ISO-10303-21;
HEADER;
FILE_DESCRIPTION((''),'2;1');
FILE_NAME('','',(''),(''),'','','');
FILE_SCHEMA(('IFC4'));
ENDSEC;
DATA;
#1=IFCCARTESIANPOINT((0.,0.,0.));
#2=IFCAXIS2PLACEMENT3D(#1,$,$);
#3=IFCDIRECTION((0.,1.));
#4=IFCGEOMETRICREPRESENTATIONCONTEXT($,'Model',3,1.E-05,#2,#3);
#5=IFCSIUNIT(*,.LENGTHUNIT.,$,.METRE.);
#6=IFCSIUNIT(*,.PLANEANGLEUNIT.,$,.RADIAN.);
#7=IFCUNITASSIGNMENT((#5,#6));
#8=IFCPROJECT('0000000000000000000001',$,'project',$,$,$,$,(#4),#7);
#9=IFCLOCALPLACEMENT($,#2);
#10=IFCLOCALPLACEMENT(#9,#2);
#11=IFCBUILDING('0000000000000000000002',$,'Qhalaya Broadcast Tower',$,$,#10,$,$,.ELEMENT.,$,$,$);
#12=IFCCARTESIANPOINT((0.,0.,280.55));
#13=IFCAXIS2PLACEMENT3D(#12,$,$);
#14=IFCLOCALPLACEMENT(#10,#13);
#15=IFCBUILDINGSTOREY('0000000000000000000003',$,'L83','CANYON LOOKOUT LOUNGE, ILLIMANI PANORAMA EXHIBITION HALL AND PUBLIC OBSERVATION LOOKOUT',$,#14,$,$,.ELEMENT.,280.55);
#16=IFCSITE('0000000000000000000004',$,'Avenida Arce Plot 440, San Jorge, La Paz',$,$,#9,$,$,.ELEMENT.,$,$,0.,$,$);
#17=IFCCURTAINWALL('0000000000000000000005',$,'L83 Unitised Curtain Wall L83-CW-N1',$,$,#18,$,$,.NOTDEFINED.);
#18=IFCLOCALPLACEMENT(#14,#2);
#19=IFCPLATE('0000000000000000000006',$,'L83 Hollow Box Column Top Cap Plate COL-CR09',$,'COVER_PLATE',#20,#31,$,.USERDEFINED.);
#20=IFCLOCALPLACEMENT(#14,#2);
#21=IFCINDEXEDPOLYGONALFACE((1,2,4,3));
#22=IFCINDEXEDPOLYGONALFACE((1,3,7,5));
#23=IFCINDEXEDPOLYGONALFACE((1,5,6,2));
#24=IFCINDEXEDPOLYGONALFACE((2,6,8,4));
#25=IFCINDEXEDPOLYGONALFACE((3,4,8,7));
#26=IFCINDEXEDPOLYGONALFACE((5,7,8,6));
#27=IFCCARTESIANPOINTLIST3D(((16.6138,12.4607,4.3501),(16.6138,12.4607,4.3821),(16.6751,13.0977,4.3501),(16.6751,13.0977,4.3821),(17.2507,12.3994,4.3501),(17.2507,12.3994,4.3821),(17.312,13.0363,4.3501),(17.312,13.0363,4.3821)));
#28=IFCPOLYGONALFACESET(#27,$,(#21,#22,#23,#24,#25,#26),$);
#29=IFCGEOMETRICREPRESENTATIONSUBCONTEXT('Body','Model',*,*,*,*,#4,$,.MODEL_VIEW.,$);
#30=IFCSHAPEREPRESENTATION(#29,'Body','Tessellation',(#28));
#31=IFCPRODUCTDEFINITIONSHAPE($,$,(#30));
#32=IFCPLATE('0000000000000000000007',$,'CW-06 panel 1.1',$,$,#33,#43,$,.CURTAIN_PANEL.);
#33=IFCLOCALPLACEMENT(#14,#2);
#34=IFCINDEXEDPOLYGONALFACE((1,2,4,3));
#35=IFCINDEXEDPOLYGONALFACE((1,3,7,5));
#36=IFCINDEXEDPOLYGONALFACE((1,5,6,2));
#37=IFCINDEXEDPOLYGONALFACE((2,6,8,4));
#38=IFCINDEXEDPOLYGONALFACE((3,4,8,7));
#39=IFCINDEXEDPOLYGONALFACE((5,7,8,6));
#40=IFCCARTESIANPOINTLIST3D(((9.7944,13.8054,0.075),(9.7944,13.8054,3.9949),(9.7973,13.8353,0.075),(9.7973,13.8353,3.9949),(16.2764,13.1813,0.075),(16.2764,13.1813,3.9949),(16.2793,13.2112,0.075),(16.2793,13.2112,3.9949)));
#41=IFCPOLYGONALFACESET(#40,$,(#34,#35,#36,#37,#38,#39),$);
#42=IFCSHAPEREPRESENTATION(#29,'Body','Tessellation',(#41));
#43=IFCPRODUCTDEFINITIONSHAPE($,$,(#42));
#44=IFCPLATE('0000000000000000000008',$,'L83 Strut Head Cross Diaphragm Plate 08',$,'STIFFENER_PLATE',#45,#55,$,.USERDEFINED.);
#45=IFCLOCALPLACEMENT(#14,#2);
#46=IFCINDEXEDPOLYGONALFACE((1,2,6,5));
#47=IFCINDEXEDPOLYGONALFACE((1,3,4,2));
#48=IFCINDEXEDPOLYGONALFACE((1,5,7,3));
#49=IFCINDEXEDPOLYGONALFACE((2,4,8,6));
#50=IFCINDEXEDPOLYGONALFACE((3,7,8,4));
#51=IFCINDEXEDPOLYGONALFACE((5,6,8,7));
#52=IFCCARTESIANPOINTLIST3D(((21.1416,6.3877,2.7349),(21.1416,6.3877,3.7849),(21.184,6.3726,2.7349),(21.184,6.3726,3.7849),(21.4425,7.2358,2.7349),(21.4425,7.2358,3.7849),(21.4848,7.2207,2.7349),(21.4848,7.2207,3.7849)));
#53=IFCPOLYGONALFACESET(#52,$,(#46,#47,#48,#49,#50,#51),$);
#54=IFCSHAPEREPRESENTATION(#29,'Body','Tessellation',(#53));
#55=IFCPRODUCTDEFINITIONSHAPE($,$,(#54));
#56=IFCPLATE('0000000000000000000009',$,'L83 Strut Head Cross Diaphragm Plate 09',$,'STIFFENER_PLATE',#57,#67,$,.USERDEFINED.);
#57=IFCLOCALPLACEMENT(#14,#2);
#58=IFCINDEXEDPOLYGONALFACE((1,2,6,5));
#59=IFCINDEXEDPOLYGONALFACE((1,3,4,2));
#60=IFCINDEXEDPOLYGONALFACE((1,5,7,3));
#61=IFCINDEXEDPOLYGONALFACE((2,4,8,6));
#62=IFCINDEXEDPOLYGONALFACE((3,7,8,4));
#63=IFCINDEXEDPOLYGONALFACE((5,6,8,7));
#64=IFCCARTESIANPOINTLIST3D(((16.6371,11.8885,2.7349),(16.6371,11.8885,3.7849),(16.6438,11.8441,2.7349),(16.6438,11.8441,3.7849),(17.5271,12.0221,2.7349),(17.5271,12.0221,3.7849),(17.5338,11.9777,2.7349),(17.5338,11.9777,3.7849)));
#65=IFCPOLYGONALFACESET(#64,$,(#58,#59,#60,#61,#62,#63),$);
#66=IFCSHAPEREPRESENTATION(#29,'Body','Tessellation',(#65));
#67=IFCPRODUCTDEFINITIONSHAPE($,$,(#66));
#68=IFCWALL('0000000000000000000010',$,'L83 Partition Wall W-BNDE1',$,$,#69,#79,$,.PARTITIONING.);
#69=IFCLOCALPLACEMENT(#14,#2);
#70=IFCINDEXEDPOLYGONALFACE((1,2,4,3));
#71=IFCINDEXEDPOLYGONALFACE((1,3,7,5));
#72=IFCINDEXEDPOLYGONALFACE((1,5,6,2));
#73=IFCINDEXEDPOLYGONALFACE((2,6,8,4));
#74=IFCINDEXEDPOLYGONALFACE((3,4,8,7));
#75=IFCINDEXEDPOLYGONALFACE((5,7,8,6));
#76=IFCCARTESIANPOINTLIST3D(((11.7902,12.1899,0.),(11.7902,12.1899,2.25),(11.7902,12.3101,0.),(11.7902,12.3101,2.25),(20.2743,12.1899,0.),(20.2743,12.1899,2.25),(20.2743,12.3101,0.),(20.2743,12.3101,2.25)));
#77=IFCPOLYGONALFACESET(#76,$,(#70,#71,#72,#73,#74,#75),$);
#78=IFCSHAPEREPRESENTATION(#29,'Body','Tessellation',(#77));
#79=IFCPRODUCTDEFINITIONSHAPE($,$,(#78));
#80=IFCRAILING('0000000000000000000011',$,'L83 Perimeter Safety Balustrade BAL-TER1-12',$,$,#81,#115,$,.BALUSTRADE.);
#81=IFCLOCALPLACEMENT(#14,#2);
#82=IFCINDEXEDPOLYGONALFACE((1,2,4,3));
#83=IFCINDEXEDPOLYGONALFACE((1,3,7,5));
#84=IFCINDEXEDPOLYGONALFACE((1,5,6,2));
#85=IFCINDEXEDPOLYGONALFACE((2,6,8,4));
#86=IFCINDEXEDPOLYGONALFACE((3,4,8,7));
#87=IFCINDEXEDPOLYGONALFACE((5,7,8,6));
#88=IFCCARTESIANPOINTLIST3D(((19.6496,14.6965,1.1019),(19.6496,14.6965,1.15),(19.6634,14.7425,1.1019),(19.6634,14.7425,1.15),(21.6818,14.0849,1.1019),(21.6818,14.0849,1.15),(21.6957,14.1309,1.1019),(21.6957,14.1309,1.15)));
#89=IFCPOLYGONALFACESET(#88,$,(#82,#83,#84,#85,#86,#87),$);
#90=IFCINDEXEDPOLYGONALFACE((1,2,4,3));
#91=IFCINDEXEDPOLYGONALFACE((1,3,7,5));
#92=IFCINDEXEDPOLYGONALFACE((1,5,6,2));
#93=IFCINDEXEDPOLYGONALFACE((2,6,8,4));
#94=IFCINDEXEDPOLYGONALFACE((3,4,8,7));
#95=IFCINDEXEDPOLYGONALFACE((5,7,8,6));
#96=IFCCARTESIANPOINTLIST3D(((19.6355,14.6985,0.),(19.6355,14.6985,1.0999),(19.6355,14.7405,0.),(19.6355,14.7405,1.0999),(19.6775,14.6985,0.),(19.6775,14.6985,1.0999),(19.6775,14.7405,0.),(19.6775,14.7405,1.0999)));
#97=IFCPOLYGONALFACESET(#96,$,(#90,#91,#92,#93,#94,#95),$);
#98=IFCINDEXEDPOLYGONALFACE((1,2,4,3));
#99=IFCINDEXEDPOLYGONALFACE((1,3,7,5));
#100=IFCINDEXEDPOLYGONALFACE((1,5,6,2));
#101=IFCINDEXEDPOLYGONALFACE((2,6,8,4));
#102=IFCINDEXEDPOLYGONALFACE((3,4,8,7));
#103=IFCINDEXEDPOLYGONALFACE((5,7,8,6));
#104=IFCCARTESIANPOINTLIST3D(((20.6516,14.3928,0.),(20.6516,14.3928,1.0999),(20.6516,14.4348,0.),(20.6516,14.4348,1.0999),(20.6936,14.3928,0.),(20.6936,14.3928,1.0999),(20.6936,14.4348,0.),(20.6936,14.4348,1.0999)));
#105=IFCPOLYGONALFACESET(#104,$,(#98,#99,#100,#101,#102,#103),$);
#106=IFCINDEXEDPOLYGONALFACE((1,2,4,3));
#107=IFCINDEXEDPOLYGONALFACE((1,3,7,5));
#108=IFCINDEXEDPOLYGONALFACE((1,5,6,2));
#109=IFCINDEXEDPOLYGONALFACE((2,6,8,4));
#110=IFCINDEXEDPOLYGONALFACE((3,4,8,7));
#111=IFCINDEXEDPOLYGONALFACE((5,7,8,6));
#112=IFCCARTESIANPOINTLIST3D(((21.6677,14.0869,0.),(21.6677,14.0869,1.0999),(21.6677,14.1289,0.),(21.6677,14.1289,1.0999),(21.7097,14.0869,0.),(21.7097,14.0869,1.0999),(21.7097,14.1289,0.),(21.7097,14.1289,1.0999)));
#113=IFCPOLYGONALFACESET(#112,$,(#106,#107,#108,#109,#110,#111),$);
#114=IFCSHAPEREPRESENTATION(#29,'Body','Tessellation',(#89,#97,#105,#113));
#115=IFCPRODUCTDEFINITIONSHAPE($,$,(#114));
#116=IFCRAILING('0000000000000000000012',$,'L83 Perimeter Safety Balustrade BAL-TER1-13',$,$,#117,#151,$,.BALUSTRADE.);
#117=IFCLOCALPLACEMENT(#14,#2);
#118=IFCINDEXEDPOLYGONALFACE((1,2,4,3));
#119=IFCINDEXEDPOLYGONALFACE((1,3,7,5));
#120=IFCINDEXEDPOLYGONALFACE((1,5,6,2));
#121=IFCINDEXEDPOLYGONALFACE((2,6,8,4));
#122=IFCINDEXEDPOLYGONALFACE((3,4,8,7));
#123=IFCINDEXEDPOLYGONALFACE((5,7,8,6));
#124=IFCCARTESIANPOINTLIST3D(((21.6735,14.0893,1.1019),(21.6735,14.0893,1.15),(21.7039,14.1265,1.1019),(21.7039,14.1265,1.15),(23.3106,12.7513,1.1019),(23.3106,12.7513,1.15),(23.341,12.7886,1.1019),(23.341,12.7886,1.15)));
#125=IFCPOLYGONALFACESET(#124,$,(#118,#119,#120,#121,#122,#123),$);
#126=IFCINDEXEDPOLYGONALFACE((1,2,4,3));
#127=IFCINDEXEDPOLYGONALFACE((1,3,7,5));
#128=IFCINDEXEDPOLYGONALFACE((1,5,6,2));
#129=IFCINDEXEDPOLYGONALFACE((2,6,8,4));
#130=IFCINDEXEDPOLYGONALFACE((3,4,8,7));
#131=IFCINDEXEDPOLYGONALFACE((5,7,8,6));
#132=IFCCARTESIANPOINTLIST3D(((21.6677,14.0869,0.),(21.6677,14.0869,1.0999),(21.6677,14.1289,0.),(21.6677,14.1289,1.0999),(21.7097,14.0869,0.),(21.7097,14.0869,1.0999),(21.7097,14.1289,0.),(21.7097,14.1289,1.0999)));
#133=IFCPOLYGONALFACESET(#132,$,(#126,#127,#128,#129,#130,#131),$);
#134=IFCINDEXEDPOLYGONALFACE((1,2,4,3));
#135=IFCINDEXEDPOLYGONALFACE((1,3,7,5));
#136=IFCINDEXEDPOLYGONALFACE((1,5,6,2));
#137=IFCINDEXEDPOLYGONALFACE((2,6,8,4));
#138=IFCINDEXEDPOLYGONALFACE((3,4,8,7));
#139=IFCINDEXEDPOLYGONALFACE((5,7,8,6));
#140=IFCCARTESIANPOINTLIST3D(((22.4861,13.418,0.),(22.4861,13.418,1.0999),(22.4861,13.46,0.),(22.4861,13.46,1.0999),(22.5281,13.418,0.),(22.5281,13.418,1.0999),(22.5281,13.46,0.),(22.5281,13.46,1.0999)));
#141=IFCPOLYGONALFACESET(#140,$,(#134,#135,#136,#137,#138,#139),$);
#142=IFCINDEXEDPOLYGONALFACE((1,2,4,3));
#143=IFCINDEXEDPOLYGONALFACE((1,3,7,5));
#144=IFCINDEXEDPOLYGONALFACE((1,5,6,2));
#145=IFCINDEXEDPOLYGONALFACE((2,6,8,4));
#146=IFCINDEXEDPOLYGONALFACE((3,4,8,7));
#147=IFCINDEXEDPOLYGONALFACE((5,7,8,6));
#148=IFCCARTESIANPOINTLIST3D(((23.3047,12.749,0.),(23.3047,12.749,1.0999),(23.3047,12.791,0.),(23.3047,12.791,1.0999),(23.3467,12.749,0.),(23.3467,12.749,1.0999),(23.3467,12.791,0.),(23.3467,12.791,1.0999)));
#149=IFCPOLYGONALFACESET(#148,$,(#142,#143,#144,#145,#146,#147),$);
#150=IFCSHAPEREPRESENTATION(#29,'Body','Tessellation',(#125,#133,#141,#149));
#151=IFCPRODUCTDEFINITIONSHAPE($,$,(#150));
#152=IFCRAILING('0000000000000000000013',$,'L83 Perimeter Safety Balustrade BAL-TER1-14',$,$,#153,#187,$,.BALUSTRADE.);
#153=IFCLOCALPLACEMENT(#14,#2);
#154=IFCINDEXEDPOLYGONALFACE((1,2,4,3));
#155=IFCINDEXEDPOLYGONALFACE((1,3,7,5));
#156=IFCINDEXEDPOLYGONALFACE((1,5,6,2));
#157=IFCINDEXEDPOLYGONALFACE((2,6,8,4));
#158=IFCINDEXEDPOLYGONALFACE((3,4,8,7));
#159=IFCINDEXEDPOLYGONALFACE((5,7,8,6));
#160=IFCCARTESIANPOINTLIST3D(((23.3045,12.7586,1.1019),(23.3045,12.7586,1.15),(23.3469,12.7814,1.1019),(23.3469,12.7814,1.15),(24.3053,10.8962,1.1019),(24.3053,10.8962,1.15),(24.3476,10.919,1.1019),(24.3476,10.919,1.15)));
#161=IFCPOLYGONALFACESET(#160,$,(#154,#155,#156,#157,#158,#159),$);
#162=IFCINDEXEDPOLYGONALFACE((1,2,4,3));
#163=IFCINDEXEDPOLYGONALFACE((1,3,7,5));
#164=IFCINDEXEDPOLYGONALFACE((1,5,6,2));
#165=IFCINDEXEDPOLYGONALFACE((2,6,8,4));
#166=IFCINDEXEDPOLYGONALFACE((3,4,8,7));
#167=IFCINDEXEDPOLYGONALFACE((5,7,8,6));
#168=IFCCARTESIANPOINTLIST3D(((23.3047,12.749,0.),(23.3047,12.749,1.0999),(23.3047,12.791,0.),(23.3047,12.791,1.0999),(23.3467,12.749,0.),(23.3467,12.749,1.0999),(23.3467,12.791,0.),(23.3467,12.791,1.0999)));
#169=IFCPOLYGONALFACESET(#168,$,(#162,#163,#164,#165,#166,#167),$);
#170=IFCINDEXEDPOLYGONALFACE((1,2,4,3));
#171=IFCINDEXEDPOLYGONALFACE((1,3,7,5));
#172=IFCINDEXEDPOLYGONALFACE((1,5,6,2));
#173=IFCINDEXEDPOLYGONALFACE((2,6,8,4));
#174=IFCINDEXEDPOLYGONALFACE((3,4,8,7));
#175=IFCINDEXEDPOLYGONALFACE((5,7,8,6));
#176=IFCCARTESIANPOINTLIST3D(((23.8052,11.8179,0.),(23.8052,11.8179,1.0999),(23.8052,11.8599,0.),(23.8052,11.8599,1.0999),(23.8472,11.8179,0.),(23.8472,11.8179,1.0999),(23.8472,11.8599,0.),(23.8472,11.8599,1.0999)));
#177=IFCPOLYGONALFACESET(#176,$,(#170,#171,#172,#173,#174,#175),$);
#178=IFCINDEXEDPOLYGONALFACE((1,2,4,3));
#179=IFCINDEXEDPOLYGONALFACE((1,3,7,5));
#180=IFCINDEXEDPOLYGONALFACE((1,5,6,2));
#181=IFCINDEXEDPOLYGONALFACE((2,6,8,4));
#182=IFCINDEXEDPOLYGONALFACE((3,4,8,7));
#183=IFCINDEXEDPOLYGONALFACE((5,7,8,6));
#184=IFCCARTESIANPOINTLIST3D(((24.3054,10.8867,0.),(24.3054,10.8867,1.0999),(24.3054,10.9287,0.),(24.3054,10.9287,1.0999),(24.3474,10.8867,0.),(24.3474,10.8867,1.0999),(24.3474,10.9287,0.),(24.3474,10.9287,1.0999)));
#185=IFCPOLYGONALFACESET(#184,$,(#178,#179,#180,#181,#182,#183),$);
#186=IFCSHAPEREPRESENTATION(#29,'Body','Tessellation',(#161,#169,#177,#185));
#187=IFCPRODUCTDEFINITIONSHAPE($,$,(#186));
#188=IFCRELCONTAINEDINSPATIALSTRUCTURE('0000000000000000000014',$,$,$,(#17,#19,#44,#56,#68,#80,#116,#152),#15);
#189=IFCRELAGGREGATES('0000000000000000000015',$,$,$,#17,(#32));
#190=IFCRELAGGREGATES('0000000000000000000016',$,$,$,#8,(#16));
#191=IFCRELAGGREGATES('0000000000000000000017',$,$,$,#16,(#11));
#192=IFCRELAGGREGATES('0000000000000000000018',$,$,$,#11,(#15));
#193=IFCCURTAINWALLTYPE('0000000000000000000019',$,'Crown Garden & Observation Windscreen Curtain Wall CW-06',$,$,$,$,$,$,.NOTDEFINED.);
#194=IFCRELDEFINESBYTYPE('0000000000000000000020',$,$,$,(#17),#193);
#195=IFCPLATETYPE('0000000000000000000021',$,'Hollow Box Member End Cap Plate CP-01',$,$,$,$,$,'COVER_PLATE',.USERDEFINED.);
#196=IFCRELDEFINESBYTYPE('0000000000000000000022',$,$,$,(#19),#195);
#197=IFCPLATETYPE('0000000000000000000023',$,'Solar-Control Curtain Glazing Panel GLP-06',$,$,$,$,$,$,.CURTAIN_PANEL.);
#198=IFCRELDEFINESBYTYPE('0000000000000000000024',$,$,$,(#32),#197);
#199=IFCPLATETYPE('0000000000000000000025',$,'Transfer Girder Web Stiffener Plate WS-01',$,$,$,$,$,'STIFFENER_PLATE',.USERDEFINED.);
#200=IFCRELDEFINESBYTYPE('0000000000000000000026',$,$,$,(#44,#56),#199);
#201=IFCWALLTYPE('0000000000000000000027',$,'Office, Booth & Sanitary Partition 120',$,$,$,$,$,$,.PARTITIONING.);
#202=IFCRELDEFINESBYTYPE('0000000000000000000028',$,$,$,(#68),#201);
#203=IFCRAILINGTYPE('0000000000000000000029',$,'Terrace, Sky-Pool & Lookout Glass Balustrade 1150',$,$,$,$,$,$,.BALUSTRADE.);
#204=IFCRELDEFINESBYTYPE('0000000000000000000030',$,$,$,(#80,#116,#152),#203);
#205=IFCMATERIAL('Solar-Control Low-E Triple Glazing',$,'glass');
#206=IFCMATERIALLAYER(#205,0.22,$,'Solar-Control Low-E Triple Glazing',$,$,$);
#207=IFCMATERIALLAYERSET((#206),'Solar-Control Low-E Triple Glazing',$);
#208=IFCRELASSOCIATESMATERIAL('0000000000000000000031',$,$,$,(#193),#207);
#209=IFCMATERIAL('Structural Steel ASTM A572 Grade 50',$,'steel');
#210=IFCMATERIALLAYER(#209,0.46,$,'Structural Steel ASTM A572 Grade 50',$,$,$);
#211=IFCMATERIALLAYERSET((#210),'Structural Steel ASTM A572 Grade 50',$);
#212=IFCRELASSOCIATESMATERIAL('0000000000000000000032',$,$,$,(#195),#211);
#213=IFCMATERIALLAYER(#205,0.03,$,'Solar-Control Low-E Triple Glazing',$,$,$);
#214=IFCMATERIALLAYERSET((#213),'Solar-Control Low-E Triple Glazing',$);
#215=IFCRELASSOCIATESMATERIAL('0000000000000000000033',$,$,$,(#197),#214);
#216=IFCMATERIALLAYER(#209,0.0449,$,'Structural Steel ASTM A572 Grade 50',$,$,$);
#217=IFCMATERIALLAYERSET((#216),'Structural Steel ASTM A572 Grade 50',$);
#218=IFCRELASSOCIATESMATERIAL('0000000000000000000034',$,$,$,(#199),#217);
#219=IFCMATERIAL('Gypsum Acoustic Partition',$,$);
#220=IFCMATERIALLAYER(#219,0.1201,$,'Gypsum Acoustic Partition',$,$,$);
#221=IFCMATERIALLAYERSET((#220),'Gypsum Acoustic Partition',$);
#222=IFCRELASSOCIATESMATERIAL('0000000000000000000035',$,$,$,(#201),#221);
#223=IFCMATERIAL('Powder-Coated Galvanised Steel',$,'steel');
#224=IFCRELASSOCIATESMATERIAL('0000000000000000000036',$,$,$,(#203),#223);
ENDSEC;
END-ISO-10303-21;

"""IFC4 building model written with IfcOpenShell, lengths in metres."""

from ifc_helpers import new_model, si_unit, direction, frame, frame_2d, origin, origin_2d, place, context, subcontext, project, spatial, rectangle, extrude, material, layer, layer_set, type_object, element, aggregate, save


model = new_model("IFC4")

# Units and contexts
model_context = context("Model", 3, precision=1e-05, world=origin(), true_north=direction((0.0, 1.0)))
body_context = subcontext(model_context, "Body", "Model", "MODEL_VIEW")
ifc_project = project(units=[si_unit("LENGTHUNIT", "METRE"), si_unit("PLANEANGLEUNIT", "RADIAN")], contexts=[model_context])

# Site, building, storey
site_placement = place(None, origin())
site = spatial("IfcSite", under=ifc_project, at=site_placement, Name="Avenida Arce Plot 440, San Jorge, La Paz", CompositionType="ELEMENT", RefElevation=0.0)
building_placement = place(site_placement, origin())
building = spatial("IfcBuilding", under=site, at=building_placement, Name="Qhalaya Broadcast Tower", CompositionType="ELEMENT")
storey_placement = place(building_placement, frame((0.0, 0.0, 280.55)))
storey = spatial("IfcBuildingStorey", under=building, at=storey_placement, Name="L83", Description="CANYON LOOKOUT LOUNGE, ILLIMANI PANORAMA EXHIBITION HALL AND PUBLIC OBSERVATION LOOKOUT", CompositionType="ELEMENT", Elevation=280.55)

# Shared definitions
ifc_material_1 = material(Name="Structural Steel ASTM A572 Grade 50", Category="steel")

# Curtain wall
ifc_material_2 = material(Name="Solar-Control Low-E Triple Glazing", Category="glass")
ifc_layer_1 = layer(ifc_material_2, 0.22, Name="Solar-Control Low-E Triple Glazing")
ifc_layer_set_1 = layer_set([ifc_layer_1], Name="Solar-Control Low-E Triple Glazing")
curtain_wall_type = type_object("IfcCurtainWallType", Name="Crown Garden & Observation Windscreen Curtain Wall CW-06", PredefinedType="NOTDEFINED", material=ifc_layer_set_1)
curtain_wall_placement = place(storey_placement, origin())
curtain_wall = element("IfcCurtainWall", 1, at=curtain_wall_placement, inside=storey, type_object=curtain_wall_type, Name="L83 Unitised Curtain Wall L83-CW-N1", PredefinedType="NOTDEFINED")

# Plate
ifc_layer_2 = layer(ifc_material_1, 0.46, Name="Structural Steel ASTM A572 Grade 50")
ifc_layer_set_2 = layer_set([ifc_layer_2], Name="Structural Steel ASTM A572 Grade 50")
plate_type_1 = type_object("IfcPlateType", Name="Hollow Box Member End Cap Plate CP-01", ElementType="COVER_PLATE", PredefinedType="USERDEFINED", material=ifc_layer_set_2)
plate_1_placement = place(storey_placement, frame((16.9629, 12.7485, 4.3501), z_axis=(0.0, 0.0, 1.0), x_axis=(0.995396, -0.095846, 0.0)))
element("IfcPlate", 2, at=plate_1_placement, inside=storey, type_object=plate_type_1, Name="L83 Hollow Box Column Top Cap Plate COL-CR09", ObjectType="COVER_PLATE", PredefinedType="USERDEFINED", context=body_context, shape_type="SweptSolid", body=[
    extrude(rectangle(XDim=0.6399, YDim=0.6399, at=origin_2d()), origin(), (0.0, 0.0, 1.0), 0.032),
])

# Plate
ifc_layer_3 = layer(ifc_material_2, 0.03, Name="Solar-Control Low-E Triple Glazing")
ifc_layer_set_3 = layer_set([ifc_layer_3], Name="Solar-Control Low-E Triple Glazing")
plate_type_2 = type_object("IfcPlateType", Name="Solar-Control Curtain Glazing Panel GLP-06", PredefinedType="CURTAIN_PANEL", material=ifc_layer_set_3)
plate_2_placement = place(storey_placement, frame((13.0369, 13.5083, 0.075), z_axis=(0.0, 0.0, 1.0), x_axis=(-0.995397, 0.095843, 0.0)))
plate_2 = element("IfcPlate", 3, at=plate_2_placement, type_object=plate_type_2, Name="CW-06 panel 1.1", PredefinedType="CURTAIN_PANEL", context=body_context, shape_type="SweptSolid", body=[
    extrude(rectangle(XDim=6.512, YDim=0.03, at=origin_2d()), origin(), (0.0, 0.0, 1.0), 3.9199),
])
aggregate(curtain_wall, [plate_2])

# Plates
ifc_layer_4 = layer(ifc_material_1, 0.0449, Name="Structural Steel ASTM A572 Grade 50")
ifc_layer_set_4 = layer_set([ifc_layer_4], Name="Structural Steel ASTM A572 Grade 50")
plate_type_3 = type_object("IfcPlateType", Name="Transfer Girder Web Stiffener Plate WS-01", ElementType="STIFFENER_PLATE", PredefinedType="USERDEFINED", material=ifc_layer_set_4)
for number, where, z_axis, x_axis, name in (
    (4, (21.3132, 6.8042, 2.7349), (0.0, 0.0, 1.0), (-0.334366, -0.942443, 0.0), "L83 Strut Head Cross Diaphragm Plate 08"),
    (5, (17.0854, 11.9331, 2.7349), (0.0, 0.0, 1.0), (0.988923, 0.148431, 0.0), "L83 Strut Head Cross Diaphragm Plate 09"),
):
    element("IfcPlate", number, at=place(storey_placement, frame(where, z_axis=z_axis, x_axis=x_axis)), inside=storey, type_object=plate_type_3, Name=name, ObjectType="STIFFENER_PLATE", PredefinedType="USERDEFINED", context=body_context, shape_type="SweptSolid", body=[
        extrude(rectangle(XDim=0.8999, YDim=0.0449, at=origin_2d()), origin(), (0.0, 0.0, 1.0), 1.05),
    ])

# Wall
ifc_material_3 = material(Name="Gypsum Acoustic Partition")
ifc_layer_5 = layer(ifc_material_3, 0.1201, Name="Gypsum Acoustic Partition")
ifc_layer_set_5 = layer_set([ifc_layer_5], Name="Gypsum Acoustic Partition")
wall_type = type_object("IfcWallType", Name="Office, Booth & Sanitary Partition 120", PredefinedType="PARTITIONING", material=ifc_layer_set_5)
wall_placement = place(storey_placement, frame((11.79, 12.25, 0.0), z_axis=(0.0, 0.0, 1.0), x_axis=(1.0, 0.0, 0.0)))
element("IfcWall", 6, at=wall_placement, inside=storey, type_object=wall_type, Name="L83 Partition Wall W-BNDE1", PredefinedType="PARTITIONING", context=body_context, shape_type="SweptSolid", body=[
    extrude(rectangle(XDim=8.4841, YDim=0.1201, at=frame_2d((4.2422, 0.0))), origin(), (0.0, 0.0, 1.0), 2.25),
])

# Railings
ifc_material_4 = material(Name="Powder-Coated Galvanised Steel", Category="steel")
railing_type = type_object("IfcRailingType", Name="Terrace, Sky-Pool & Lookout Glass Balustrade 1150", PredefinedType="BALUSTRADE", material=ifc_material_4)
railing_1_placement = place(storey_placement, frame((19.6565, 14.7195, 0.0)))
element("IfcRailing", 7, at=railing_1_placement, inside=storey, type_object=railing_type, Name="L83 Perimeter Safety Balustrade BAL-TER1-12", PredefinedType="BALUSTRADE", context=body_context, shape_type="SweptSolid", body=[
    extrude(rectangle(XDim=0.0481, YDim=0.0481, at=origin_2d()), frame((0.0, 0.0, 1.126), z_axis=(0.957579, -0.288171, 0.0), x_axis=(0.288171, 0.957579, 0.0)), (0.0, 0.0, 1.0), 2.1223),
    extrude(rectangle(XDim=0.042, YDim=0.042, at=origin_2d()), origin(), (0.0, 0.0, 1.0), 1.0999),
    extrude(rectangle(XDim=0.042, YDim=0.042, at=origin_2d()), frame((1.0161, -0.3057, 0.0)), (0.0, 0.0, 1.0), 1.0999),
    extrude(rectangle(XDim=0.042, YDim=0.042, at=origin_2d()), frame((2.0322, -0.6116, 0.0)), (0.0, 0.0, 1.0), 1.0999),
])
railing_2_placement = place(storey_placement, frame((21.6887, 14.1079, 0.0)))
element("IfcRailing", 8, at=railing_2_placement, inside=storey, type_object=railing_type, Name="L83 Perimeter Safety Balustrade BAL-TER1-13", PredefinedType="BALUSTRADE", context=body_context, shape_type="SweptSolid", body=[
    extrude(rectangle(XDim=0.0481, YDim=0.0481, at=origin_2d()), frame((0.0, 0.0, 1.126), z_axis=(0.774292, -0.632829, 0.0), x_axis=(0.632829, 0.774292, 0.0)), (0.0, 0.0, 1.0), 2.1143),
    extrude(rectangle(XDim=0.042, YDim=0.042, at=origin_2d()), origin(), (0.0, 0.0, 1.0), 1.0999),
    extrude(rectangle(XDim=0.042, YDim=0.042, at=origin_2d()), frame((0.8184, -0.6689, 0.0)), (0.0, 0.0, 1.0), 1.0999),
    extrude(rectangle(XDim=0.042, YDim=0.042, at=origin_2d()), frame((1.637, -1.3379, 0.0)), (0.0, 0.0, 1.0), 1.0999),
])
railing_3_placement = place(storey_placement, frame((23.3257, 12.77, 0.0)))
element("IfcRailing", 9, at=railing_3_placement, inside=storey, type_object=railing_type, Name="L83 Perimeter Safety Balustrade BAL-TER1-14", PredefinedType="BALUSTRADE", context=body_context, shape_type="SweptSolid", body=[
    extrude(rectangle(XDim=0.0481, YDim=0.0481, at=origin_2d()), frame((0.0, 0.0, 1.126), z_axis=(0.473349, -0.880875, 0.0), x_axis=(0.880875, 0.473349, 0.0)), (0.0, 0.0, 1.0), 2.1143),
    extrude(rectangle(XDim=0.042, YDim=0.042, at=origin_2d()), origin(), (0.0, 0.0, 1.0), 1.0999),
    extrude(rectangle(XDim=0.042, YDim=0.042, at=origin_2d()), frame((0.5005, -0.9312, 0.0)), (0.0, 0.0, 1.0), 1.0999),
    extrude(rectangle(XDim=0.042, YDim=0.042, at=origin_2d()), frame((1.0007, -1.8623, 0.0)), (0.0, 0.0, 1.0), 1.0999),
])

save(model, "model.ifc")
